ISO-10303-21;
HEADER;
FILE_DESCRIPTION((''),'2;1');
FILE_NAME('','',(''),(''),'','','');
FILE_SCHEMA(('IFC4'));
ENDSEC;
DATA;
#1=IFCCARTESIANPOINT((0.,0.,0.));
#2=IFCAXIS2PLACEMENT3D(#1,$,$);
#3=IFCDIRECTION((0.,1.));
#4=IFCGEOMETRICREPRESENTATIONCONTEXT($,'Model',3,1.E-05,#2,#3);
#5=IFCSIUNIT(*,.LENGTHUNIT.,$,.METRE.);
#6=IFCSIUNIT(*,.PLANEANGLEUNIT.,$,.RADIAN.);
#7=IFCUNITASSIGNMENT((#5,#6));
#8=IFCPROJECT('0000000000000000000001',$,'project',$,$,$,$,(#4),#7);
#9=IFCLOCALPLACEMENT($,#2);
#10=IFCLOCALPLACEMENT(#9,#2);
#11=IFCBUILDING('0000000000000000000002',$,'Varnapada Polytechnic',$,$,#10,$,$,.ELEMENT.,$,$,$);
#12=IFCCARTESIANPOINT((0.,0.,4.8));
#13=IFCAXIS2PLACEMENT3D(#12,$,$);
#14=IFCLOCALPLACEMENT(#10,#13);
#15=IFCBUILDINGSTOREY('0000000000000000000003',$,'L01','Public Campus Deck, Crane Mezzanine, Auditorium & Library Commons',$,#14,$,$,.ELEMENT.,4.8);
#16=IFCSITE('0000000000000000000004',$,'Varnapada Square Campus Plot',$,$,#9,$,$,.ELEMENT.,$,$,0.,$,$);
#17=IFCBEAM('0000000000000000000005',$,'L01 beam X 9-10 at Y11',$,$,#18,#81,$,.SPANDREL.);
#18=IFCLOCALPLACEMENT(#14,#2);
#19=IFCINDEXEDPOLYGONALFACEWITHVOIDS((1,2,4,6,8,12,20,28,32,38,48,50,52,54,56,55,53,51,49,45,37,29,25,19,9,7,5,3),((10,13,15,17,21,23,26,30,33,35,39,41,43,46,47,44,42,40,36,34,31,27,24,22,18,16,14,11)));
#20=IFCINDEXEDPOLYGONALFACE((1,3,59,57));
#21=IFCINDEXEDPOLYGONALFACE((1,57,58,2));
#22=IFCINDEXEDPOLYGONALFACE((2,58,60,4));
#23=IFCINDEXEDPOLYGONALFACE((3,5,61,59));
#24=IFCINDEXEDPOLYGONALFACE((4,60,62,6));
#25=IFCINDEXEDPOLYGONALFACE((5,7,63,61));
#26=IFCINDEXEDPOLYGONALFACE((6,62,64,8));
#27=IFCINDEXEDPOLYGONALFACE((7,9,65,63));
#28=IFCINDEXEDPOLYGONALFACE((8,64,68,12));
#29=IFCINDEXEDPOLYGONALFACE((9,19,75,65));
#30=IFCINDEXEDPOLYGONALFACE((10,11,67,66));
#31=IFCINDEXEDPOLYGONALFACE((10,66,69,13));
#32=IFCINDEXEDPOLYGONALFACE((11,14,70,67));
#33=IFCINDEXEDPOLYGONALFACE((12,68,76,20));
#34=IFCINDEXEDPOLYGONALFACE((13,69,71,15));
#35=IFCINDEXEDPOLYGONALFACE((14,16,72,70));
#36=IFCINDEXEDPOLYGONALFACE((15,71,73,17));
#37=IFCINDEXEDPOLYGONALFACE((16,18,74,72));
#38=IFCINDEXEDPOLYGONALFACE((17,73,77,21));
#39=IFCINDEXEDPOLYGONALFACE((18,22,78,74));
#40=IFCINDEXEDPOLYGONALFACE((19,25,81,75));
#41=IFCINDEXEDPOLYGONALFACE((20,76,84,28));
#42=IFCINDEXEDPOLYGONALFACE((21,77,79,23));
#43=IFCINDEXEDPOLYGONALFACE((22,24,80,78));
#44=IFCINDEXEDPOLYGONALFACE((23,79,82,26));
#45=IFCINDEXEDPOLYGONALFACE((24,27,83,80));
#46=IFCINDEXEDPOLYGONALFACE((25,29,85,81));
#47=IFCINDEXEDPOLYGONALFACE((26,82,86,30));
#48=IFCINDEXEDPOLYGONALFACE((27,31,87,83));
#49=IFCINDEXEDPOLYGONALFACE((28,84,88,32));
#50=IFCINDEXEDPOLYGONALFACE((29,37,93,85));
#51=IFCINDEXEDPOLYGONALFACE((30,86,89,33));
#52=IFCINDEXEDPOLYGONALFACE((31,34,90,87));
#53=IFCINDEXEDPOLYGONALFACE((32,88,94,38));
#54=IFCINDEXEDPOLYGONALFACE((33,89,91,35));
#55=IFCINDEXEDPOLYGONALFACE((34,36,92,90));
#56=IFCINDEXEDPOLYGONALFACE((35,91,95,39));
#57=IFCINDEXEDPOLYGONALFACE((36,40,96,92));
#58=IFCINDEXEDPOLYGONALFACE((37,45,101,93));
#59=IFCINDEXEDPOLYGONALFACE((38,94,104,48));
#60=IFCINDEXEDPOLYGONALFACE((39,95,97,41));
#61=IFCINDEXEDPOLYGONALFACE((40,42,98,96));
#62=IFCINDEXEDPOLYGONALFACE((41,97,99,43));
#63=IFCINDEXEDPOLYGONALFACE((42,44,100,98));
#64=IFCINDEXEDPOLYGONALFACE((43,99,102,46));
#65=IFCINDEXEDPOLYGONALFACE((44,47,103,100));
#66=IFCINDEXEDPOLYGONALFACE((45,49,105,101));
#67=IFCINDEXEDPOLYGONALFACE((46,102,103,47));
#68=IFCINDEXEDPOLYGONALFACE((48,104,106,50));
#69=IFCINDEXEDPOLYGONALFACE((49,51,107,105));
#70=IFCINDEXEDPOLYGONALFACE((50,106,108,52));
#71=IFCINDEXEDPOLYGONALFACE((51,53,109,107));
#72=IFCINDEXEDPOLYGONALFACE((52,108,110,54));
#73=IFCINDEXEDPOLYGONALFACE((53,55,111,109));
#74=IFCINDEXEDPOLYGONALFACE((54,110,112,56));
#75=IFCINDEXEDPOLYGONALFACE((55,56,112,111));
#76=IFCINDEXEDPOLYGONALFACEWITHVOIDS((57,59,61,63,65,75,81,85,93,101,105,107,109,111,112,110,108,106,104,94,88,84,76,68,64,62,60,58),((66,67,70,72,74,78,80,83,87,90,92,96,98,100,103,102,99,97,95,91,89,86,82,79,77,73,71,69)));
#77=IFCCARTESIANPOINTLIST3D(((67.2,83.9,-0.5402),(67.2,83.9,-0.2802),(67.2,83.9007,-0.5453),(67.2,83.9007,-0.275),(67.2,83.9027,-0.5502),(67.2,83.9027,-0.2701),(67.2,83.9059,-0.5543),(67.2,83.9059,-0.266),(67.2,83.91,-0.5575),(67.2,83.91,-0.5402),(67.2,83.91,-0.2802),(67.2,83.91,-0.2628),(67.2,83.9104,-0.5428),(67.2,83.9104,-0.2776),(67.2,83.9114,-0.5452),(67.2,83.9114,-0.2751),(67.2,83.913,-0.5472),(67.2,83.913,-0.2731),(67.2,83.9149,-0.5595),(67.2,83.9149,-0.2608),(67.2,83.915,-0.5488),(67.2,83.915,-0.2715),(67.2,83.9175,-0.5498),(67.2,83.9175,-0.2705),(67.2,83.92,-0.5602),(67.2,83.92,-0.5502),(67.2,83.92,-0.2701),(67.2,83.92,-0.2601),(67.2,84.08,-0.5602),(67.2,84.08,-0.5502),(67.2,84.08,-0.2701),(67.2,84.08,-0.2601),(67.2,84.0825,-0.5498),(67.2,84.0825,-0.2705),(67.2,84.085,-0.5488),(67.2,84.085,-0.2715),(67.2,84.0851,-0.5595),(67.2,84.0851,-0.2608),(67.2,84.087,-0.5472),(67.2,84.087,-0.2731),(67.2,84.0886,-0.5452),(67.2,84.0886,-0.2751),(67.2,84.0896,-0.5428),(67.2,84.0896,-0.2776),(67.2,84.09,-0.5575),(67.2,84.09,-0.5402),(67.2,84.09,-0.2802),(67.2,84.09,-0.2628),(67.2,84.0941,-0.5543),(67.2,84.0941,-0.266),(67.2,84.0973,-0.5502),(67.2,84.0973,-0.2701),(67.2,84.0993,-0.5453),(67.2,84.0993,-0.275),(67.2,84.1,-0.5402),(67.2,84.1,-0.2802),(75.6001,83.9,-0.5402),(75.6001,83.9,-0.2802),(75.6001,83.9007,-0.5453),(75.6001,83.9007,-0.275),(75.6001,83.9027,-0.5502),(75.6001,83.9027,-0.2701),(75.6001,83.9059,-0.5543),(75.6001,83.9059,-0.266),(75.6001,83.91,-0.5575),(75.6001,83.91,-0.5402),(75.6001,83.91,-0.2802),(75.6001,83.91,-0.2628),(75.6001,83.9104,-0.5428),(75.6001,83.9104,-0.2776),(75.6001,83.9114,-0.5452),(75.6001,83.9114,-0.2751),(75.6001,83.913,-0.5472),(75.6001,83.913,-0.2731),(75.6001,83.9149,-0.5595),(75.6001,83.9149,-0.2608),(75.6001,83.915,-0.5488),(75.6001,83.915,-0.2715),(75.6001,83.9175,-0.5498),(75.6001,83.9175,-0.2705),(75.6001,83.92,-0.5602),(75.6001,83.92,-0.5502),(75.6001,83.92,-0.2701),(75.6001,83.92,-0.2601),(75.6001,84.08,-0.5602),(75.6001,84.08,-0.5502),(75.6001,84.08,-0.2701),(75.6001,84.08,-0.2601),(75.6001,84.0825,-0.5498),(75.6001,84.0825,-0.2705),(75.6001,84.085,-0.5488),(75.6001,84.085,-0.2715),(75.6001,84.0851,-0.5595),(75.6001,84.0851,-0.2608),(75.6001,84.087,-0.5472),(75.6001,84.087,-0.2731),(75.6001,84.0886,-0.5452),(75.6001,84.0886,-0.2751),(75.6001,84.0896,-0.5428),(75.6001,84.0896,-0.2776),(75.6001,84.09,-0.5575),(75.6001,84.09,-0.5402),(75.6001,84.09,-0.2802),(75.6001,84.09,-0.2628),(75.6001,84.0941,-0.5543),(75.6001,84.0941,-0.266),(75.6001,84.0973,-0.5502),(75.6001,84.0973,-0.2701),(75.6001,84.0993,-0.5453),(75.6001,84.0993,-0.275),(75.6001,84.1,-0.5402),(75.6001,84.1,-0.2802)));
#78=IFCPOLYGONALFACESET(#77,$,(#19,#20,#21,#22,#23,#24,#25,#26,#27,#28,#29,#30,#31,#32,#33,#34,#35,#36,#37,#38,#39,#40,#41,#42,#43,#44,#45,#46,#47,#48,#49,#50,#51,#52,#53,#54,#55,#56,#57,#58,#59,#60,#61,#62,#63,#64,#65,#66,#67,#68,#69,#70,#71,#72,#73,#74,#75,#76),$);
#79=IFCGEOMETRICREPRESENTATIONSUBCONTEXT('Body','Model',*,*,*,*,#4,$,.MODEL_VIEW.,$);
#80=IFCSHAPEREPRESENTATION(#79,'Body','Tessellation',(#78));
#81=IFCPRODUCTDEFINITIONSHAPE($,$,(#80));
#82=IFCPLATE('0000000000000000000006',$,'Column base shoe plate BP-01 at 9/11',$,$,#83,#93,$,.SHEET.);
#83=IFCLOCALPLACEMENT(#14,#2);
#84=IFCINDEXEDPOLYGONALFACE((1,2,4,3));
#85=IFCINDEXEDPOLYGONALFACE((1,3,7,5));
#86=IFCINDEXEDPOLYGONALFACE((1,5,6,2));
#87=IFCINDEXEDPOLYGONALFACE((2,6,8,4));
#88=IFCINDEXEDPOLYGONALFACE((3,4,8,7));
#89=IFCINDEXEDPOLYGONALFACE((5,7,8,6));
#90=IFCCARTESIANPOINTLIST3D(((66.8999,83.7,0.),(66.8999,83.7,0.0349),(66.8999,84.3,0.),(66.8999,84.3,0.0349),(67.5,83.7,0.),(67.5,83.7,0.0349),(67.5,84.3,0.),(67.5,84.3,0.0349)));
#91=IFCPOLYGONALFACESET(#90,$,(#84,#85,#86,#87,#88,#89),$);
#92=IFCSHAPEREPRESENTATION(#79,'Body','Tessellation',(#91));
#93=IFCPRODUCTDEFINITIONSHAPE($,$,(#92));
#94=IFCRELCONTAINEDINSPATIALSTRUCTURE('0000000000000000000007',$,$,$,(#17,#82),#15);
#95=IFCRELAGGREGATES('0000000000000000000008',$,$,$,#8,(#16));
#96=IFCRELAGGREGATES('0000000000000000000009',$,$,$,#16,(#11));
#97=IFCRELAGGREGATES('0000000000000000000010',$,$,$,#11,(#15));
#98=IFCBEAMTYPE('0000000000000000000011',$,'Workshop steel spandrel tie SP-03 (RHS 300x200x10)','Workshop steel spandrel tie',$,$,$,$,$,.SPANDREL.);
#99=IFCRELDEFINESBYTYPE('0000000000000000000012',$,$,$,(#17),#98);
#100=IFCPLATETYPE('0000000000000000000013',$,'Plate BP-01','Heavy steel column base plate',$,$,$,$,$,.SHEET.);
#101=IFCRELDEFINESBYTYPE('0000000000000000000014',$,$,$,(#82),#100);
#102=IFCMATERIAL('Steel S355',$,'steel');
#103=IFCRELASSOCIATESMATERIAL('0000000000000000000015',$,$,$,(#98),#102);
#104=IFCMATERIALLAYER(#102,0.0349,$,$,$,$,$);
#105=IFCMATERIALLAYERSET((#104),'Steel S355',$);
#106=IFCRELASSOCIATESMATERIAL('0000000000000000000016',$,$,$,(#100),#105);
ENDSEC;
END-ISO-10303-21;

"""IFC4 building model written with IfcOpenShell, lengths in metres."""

from ifc_helpers import new_model, si_unit, direction, frame, origin, origin_2d, place, context, subcontext, project, spatial, rectangle, hollow_rectangle, extrude, material, layer, layer_set, material_profile, profile_set, type_object, element, save


model = new_model("IFC4")

# Units and contexts
model_context = context("Model", 3, precision=1e-05, world=origin(), true_north=direction((0.0, 1.0)))
body_context = subcontext(model_context, "Body", "Model", "MODEL_VIEW")
ifc_project = project(units=[si_unit("LENGTHUNIT", "METRE"), si_unit("PLANEANGLEUNIT", "RADIAN")], contexts=[model_context])

# Site, building, storey
site_placement = place(None, origin())
site = spatial("IfcSite", under=ifc_project, at=site_placement, Name="Varnapada Square Campus Plot", CompositionType="ELEMENT", RefElevation=0.0)
building_placement = place(site_placement, origin())
building = spatial("IfcBuilding", under=site, at=building_placement, Name="Varnapada Polytechnic", CompositionType="ELEMENT")
storey_placement = place(building_placement, frame((0.0, 0.0, 4.8)))
storey = spatial("IfcBuildingStorey", under=building, at=storey_placement, Name="L01", Description="Public Campus Deck, Crane Mezzanine, Auditorium & Library Commons", CompositionType="ELEMENT", Elevation=4.8)

# Shared definitions
ifc_material_1 = material(Name="Steel S355", Category="steel")

# Beam
ifc_material_profile_1 = material_profile(ifc_material_1, hollow_rectangle(XDim=0.2, YDim=0.3, WallThickness=0.01, InnerFilletRadius=0.01, OuterFilletRadius=0.02, at=origin_2d()), Name="RHS 300x200x10")
ifc_profile_set_1 = profile_set([ifc_material_profile_1], Name="Steel S355")
beam_type_1 = type_object("IfcBeamType", Name="Workshop steel spandrel tie SP-03 (RHS 300x200x10)", Description="Workshop steel spandrel tie", PredefinedType="SPANDREL", material=ifc_profile_set_1)
beam_1_placement = place(storey_placement, frame((67.2, 84.0, -0.4102), z_axis=(1.0, 0.0, 0.0), x_axis=(0.0, 1.0, 0.0)))
element("IfcBeam", 1, at=beam_1_placement, inside=storey, type_object=beam_type_1, Name="L01 beam X 9-10 at Y11", PredefinedType="SPANDREL", context=body_context, shape_type="SweptSolid", body=[
    extrude(hollow_rectangle(XDim=0.2, YDim=0.3, WallThickness=0.01, InnerFilletRadius=0.01, OuterFilletRadius=0.02, at=origin_2d()), origin(), (0.0, 0.0, 1.0), 8.4001),
])

# Plate
ifc_layer_1 = layer(ifc_material_1, 0.0349)
ifc_layer_set_1 = layer_set([ifc_layer_1], Name="Steel S355")
plate_type = type_object("IfcPlateType", Name="Plate BP-01", Description="Heavy steel column base plate", PredefinedType="SHEET", material=ifc_layer_set_1)
plate_placement = place(storey_placement, frame((67.2, 84.0, 0.0), z_axis=(0.0, 0.0, 1.0), x_axis=(1.0, 0.0, 0.0)))
element("IfcPlate", 2, at=plate_placement, inside=storey, type_object=plate_type, Name="Column base shoe plate BP-01 at 9/11", PredefinedType="SHEET", context=body_context, shape_type="SweptSolid", body=[
    extrude(rectangle(XDim=0.6001, YDim=0.6001, at=origin_2d()), origin(), (0.0, 0.0, 1.0), 0.0349),
])

save(model, "model.ifc")
